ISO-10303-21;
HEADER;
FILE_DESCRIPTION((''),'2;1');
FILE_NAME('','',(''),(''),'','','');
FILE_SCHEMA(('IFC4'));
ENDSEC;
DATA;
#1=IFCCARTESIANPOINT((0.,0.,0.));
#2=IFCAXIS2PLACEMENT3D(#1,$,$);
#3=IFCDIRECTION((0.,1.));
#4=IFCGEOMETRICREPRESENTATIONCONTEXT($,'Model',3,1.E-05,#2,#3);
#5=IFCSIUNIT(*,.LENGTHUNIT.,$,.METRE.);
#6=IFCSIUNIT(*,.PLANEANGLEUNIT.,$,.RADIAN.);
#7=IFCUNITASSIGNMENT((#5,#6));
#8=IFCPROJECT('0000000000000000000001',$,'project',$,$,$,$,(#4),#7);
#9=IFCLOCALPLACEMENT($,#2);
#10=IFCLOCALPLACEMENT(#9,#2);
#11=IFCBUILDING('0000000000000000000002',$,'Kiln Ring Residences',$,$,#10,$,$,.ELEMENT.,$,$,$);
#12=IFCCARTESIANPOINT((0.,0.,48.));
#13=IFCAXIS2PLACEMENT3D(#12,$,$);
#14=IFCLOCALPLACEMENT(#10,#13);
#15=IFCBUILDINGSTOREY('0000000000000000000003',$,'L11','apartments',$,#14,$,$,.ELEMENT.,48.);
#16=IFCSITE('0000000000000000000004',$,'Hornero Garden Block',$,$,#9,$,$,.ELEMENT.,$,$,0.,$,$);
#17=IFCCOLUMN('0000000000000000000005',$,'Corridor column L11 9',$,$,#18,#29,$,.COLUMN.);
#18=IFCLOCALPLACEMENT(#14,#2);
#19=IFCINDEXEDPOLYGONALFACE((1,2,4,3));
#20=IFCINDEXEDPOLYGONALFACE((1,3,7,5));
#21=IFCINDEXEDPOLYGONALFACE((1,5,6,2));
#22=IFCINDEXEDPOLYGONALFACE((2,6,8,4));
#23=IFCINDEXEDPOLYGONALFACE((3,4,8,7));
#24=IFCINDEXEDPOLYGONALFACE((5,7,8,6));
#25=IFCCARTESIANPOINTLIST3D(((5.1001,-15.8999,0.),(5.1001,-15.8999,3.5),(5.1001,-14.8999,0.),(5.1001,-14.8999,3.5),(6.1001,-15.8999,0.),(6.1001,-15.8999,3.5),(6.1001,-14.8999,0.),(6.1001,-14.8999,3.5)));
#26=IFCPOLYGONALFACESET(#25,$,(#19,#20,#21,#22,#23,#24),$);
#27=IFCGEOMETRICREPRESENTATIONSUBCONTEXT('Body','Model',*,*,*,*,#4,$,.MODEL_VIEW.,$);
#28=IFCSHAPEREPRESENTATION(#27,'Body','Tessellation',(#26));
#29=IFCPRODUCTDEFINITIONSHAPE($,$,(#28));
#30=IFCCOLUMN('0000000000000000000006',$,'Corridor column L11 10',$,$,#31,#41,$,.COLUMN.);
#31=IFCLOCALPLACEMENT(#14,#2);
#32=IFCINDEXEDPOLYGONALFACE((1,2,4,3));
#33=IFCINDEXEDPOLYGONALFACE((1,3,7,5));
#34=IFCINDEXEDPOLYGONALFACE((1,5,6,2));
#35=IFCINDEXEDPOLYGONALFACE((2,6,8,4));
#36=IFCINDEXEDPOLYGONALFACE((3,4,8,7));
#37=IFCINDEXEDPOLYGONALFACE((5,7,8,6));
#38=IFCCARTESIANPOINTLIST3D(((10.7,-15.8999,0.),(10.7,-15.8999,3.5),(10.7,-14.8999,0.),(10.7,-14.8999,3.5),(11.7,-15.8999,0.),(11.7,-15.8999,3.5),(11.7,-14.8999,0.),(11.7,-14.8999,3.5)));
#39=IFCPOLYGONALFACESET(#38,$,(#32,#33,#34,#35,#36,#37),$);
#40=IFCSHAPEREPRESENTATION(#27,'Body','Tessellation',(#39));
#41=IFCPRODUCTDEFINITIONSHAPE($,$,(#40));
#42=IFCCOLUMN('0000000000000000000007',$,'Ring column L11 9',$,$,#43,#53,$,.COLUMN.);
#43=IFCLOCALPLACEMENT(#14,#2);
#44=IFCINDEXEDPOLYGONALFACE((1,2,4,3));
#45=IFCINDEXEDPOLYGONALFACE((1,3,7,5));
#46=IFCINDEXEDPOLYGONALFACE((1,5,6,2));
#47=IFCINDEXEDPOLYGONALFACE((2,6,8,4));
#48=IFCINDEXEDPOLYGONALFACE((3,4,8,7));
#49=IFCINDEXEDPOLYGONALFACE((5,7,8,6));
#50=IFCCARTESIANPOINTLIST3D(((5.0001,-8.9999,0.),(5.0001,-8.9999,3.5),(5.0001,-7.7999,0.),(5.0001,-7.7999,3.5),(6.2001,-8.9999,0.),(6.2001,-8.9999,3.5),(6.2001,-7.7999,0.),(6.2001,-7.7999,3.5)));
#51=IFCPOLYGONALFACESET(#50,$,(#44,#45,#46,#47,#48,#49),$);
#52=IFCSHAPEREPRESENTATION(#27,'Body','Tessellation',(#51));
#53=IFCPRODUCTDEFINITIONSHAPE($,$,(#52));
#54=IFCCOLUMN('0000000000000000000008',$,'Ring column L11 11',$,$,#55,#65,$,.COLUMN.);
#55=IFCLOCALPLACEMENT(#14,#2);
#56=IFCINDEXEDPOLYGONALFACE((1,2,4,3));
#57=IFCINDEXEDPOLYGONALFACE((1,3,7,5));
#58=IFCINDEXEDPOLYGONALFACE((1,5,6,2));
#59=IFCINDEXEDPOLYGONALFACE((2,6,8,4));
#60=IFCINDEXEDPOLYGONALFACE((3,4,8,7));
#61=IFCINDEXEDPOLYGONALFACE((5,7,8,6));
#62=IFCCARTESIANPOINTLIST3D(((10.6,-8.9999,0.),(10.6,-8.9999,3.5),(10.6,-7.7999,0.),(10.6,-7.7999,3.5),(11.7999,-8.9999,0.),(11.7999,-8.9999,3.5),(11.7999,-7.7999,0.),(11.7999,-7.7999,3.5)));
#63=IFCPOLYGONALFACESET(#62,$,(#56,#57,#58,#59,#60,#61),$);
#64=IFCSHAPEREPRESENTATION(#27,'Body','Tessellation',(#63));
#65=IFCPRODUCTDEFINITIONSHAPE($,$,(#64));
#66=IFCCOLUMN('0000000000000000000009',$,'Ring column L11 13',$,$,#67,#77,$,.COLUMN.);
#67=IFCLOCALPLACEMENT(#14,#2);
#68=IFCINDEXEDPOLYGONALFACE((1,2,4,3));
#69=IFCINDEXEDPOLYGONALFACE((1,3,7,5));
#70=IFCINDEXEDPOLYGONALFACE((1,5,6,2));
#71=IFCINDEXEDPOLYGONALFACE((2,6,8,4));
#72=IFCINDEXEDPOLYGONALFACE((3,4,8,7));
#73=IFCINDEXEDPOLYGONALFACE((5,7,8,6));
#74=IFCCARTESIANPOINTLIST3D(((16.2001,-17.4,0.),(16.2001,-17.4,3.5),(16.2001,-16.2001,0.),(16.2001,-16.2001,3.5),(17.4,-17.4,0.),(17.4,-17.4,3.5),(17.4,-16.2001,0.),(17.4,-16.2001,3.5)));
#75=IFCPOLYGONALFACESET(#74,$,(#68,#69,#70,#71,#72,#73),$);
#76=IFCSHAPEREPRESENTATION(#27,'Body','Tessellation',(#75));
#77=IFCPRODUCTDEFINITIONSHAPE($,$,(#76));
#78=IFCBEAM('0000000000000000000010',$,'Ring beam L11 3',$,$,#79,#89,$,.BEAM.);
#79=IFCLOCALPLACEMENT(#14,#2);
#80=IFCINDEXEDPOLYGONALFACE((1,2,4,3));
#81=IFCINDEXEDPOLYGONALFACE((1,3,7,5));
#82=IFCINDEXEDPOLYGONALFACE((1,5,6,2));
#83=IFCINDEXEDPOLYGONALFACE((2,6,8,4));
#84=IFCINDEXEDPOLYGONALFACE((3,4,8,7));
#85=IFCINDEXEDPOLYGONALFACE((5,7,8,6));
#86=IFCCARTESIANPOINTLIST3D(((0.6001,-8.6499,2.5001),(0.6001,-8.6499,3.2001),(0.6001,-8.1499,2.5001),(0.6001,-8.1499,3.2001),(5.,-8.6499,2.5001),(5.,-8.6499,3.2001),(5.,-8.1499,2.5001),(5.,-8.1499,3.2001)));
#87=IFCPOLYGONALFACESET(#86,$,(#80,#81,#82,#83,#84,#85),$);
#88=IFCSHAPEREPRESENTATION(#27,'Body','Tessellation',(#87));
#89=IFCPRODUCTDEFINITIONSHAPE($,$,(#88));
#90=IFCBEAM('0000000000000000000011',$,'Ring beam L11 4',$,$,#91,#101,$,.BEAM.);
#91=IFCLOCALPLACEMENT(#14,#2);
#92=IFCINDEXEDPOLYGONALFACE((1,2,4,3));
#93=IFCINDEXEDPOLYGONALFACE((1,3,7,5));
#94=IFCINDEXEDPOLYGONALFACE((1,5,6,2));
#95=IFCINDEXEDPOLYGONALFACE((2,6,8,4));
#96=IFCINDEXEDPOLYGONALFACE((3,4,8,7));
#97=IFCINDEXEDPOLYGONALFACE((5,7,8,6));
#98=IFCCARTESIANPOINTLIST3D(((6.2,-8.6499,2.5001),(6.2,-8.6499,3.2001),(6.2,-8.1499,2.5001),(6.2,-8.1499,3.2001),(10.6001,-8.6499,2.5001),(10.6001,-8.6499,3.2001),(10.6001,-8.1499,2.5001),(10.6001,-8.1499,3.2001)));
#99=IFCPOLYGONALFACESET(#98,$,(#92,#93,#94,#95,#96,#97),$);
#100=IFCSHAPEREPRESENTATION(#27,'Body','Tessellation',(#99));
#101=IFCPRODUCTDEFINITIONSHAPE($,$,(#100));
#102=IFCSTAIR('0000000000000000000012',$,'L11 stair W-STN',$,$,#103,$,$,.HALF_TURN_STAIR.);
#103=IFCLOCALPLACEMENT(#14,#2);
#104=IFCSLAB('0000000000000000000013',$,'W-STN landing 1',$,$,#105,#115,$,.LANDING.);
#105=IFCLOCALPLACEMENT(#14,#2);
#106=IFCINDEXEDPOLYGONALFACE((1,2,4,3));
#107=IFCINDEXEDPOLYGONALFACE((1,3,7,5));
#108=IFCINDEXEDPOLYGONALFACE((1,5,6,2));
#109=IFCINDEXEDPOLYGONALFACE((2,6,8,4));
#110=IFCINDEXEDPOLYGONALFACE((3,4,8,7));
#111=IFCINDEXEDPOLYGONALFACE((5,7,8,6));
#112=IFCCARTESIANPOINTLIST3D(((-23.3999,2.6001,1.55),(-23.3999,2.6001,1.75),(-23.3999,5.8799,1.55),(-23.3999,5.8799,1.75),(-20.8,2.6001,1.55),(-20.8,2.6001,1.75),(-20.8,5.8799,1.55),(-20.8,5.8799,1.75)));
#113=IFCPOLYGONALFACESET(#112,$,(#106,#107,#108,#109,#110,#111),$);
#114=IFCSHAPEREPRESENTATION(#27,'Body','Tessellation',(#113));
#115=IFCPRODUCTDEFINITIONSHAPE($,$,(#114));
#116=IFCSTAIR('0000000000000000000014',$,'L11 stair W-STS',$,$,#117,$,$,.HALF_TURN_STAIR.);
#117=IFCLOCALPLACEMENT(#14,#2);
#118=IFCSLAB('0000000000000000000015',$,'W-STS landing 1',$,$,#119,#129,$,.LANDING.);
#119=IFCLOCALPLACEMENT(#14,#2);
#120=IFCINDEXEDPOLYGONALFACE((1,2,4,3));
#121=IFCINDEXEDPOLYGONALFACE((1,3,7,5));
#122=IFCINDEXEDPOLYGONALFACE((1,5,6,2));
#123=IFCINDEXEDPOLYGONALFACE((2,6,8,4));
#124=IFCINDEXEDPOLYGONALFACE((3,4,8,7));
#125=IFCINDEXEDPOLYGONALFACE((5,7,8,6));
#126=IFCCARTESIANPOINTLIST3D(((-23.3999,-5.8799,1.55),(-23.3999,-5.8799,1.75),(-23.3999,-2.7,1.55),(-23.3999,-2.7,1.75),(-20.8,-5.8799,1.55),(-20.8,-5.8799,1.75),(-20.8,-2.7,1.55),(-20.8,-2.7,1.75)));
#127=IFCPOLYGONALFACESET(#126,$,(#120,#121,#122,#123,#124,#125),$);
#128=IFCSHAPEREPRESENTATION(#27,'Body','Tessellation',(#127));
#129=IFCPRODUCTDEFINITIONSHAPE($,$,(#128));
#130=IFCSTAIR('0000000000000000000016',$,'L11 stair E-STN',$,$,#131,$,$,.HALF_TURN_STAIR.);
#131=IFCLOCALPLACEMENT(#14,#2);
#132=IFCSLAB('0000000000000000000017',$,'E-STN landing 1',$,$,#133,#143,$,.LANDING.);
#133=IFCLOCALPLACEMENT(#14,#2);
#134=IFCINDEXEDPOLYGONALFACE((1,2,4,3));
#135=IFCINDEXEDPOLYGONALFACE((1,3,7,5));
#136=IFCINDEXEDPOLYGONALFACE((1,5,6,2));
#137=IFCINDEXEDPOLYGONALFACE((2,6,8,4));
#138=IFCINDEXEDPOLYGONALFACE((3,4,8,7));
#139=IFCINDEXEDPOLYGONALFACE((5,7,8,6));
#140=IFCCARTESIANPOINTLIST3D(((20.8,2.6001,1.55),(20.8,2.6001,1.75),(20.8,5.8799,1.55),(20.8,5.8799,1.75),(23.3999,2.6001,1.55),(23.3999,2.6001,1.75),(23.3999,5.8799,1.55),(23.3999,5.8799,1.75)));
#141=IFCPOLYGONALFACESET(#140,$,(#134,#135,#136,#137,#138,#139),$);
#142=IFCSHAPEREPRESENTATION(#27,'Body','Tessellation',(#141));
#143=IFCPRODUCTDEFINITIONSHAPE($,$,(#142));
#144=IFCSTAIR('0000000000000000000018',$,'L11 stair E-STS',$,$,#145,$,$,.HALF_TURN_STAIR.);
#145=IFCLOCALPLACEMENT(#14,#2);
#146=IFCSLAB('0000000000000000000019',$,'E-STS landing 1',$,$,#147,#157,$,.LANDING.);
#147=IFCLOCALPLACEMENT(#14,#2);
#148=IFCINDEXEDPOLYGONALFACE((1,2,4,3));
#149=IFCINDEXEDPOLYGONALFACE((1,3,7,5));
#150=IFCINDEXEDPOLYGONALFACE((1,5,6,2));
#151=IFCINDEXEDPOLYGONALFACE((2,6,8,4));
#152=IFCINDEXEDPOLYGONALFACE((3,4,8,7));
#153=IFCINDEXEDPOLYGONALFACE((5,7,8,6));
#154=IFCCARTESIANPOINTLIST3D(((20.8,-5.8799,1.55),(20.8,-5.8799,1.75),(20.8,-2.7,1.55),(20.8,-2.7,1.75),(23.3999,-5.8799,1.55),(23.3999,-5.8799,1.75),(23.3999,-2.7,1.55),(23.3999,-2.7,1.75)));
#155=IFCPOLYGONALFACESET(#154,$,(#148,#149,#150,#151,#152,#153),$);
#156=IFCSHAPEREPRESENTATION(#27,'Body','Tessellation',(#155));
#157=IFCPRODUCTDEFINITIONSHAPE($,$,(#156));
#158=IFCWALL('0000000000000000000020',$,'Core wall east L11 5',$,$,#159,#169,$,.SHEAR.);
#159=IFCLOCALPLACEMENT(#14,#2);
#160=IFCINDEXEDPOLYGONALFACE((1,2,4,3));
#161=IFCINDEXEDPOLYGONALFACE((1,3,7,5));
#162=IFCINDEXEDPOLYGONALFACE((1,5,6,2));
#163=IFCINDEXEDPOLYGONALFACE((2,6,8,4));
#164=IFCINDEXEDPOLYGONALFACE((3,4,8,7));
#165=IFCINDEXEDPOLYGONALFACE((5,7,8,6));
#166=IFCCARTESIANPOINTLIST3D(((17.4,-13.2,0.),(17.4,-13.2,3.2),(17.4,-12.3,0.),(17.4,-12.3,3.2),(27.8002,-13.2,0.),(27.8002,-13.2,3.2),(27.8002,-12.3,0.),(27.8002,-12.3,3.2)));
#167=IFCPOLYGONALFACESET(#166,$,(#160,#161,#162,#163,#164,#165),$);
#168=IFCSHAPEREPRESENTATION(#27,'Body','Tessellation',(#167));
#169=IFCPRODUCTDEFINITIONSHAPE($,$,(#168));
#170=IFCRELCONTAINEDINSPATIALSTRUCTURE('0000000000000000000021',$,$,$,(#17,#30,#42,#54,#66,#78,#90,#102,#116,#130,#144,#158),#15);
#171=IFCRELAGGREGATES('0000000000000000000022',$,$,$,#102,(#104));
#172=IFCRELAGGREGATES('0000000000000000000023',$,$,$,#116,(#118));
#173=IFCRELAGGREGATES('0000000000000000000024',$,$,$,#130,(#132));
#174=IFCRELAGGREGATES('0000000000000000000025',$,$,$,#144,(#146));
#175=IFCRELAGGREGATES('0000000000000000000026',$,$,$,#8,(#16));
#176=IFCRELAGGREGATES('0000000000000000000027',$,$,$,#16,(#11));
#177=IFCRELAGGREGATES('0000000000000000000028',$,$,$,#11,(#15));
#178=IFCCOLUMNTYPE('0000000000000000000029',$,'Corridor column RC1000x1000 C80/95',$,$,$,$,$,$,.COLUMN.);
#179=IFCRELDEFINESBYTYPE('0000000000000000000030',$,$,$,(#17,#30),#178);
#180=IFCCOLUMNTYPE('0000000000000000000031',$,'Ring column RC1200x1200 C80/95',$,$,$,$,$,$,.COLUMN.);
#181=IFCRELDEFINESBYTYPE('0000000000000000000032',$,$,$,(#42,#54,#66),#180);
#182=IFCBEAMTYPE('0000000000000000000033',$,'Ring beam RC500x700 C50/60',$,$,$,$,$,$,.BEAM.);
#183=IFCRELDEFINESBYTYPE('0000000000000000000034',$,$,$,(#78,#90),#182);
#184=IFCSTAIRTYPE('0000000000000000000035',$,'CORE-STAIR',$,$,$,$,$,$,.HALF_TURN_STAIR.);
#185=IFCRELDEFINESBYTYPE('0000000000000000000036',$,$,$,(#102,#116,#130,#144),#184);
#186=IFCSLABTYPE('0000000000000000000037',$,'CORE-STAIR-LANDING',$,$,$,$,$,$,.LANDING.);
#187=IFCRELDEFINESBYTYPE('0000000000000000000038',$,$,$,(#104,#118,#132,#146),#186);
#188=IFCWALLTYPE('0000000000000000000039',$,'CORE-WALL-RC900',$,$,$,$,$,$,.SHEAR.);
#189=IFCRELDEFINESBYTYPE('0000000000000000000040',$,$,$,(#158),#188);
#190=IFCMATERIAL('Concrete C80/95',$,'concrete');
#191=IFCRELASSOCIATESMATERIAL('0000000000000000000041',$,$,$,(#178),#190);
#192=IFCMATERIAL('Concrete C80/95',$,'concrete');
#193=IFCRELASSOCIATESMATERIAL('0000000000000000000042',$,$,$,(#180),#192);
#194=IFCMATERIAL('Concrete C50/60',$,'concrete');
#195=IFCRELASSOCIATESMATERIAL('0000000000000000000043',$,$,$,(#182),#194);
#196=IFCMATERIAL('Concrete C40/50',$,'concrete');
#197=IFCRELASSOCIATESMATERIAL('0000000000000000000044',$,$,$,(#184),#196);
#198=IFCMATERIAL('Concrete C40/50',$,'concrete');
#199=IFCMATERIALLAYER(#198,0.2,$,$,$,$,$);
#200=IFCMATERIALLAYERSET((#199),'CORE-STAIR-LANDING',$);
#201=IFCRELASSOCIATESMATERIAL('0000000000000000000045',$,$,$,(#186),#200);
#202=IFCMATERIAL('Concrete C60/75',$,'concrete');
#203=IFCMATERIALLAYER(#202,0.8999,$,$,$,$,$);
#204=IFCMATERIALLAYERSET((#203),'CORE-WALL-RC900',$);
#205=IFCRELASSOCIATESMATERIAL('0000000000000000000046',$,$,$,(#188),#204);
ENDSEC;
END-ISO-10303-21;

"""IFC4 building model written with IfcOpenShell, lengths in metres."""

from ifc_helpers import new_model, si_unit, direction, frame, frame_2d, origin, origin_2d, place, context, subcontext, project, spatial, polyline, rectangle, outline, extrude, material, layer, layer_set, material_profile, profile_set, type_object, element, aggregate, save


model = new_model("IFC4")

# Units and contexts
model_context = context("Model", 3, precision=1e-05, world=origin(), true_north=direction((0.0, 1.0)))
body_context = subcontext(model_context, "Body", "Model", "MODEL_VIEW")
ifc_project = project(units=[si_unit("LENGTHUNIT", "METRE"), si_unit("PLANEANGLEUNIT", "RADIAN")], contexts=[model_context])

# Site, building, storey
site_placement = place(None, origin())
site = spatial("IfcSite", under=ifc_project, at=site_placement, Name="Hornero Garden Block", CompositionType="ELEMENT", RefElevation=0.0)
building_placement = place(site_placement, origin())
building = spatial("IfcBuilding", under=site, at=building_placement, Name="Kiln Ring Residences", CompositionType="ELEMENT")
storey_placement = place(building_placement, frame((0.0, 0.0, 48.0)))
storey = spatial("IfcBuildingStorey", under=building, at=storey_placement, Name="L11", Description="apartments", CompositionType="ELEMENT", Elevation=48.0)

# Columns
ifc_material_1 = material(Name="Concrete C80/95", Category="concrete")
ifc_material_profile_1 = material_profile(ifc_material_1, rectangle(XDim=1.0, YDim=1.0, at=origin_2d()), Name="RC1000x1000")
ifc_profile_set_1 = profile_set([ifc_material_profile_1], Name="Concrete C80/95")
column_type_1 = type_object("IfcColumnType", Name="Corridor column RC1000x1000 C80/95", PredefinedType="COLUMN", material=ifc_profile_set_1)
for number, where, z_axis, x_axis, name in (
    (1, (5.6001, -15.3999, 0.0), (0.0, 0.0, 1.0), (1.0, 0.0, 0.0), "Corridor column L11 9"),
    (2, (11.2, -15.3999, 0.0), (0.0, 0.0, 1.0), (1.0, 0.0, 0.0), "Corridor column L11 10"),
):
    element("IfcColumn", number, at=place(storey_placement, frame(where, z_axis=z_axis, x_axis=x_axis)), inside=storey, type_object=column_type_1, Name=name, PredefinedType="COLUMN", context=body_context, shape_type="SweptSolid", body=[
        extrude(rectangle(XDim=1.0, YDim=1.0, at=origin_2d()), origin(), (0.0, 0.0, 1.0), 3.5),
    ])
ifc_material_2 = material(Name="Concrete C80/95", Category="concrete")
ifc_material_profile_2 = material_profile(ifc_material_2, rectangle(XDim=1.2, YDim=1.2, at=origin_2d()), Name="RC1200x1200")
ifc_profile_set_2 = profile_set([ifc_material_profile_2], Name="Concrete C80/95")
column_type_2 = type_object("IfcColumnType", Name="Ring column RC1200x1200 C80/95", PredefinedType="COLUMN", material=ifc_profile_set_2)
for number, where, z_axis, x_axis, name in (
    (3, (5.6001, -8.3999, 0.0), (0.0, 0.0, 1.0), (1.0, 0.0, 0.0), "Ring column L11 9"),
    (4, (11.2, -8.3999, 0.0), (0.0, 0.0, 1.0), (1.0, 0.0, 0.0), "Ring column L11 11"),
    (5, (16.8, -16.8, 0.0), (0.0, 0.0, 1.0), (1.0, 0.0, 0.0), "Ring column L11 13"),
):
    element("IfcColumn", number, at=place(storey_placement, frame(where, z_axis=z_axis, x_axis=x_axis)), inside=storey, type_object=column_type_2, Name=name, PredefinedType="COLUMN", context=body_context, shape_type="SweptSolid", body=[
        extrude(rectangle(XDim=1.2, YDim=1.2, at=origin_2d()), origin(), (0.0, 0.0, 1.0), 3.5),
    ])

# Beams
ifc_material_3 = material(Name="Concrete C50/60", Category="concrete")
ifc_material_profile_3 = material_profile(ifc_material_3, rectangle(XDim=0.5, YDim=0.7, at=origin_2d()), Name="RC500x700")
ifc_profile_set_3 = profile_set([ifc_material_profile_3], Name="Concrete C50/60")
beam_type = type_object("IfcBeamType", Name="Ring beam RC500x700 C50/60", PredefinedType="BEAM", material=ifc_profile_set_3)
beam_1_placement = place(storey_placement, frame((0.6001, -8.3999, 2.8501), z_axis=(1.0, 0.0, 0.0), x_axis=(0.0, 1.0, 0.0)))
element("IfcBeam", 6, at=beam_1_placement, inside=storey, type_object=beam_type, Name="Ring beam L11 3", PredefinedType="BEAM", context=body_context, shape_type="SweptSolid", body=[
    extrude(rectangle(XDim=0.5, YDim=0.7, at=origin_2d()), origin(), (0.0, 0.0, 1.0), 4.3999),
])
beam_2_placement = place(storey_placement, frame((6.2, -8.3999, 2.8501), z_axis=(1.0, 0.0, 0.0), x_axis=(0.0, 1.0, 0.0)))
element("IfcBeam", 7, at=beam_2_placement, inside=storey, type_object=beam_type, Name="Ring beam L11 4", PredefinedType="BEAM", context=body_context, shape_type="SweptSolid", body=[
    extrude(rectangle(XDim=0.5, YDim=0.7, at=origin_2d()), origin(), (0.0, 0.0, 1.0), 4.4001),
])

# Stairs, slabs
ifc_material_4 = material(Name="Concrete C40/50", Category="concrete")
stair_type = type_object("IfcStairType", Name="CORE-STAIR", PredefinedType="HALF_TURN_STAIR", material=ifc_material_4)
placement_1 = place(storey_placement, origin())
stair_1 = element("IfcStair", 8, at=placement_1, inside=storey, type_object=stair_type, Name="L11 stair W-STN", PredefinedType="HALF_TURN_STAIR")
ifc_material_5 = material(Name="Concrete C40/50", Category="concrete")
ifc_layer_1 = layer(ifc_material_5, 0.2)
ifc_layer_set_1 = layer_set([ifc_layer_1], Name="CORE-STAIR-LANDING")
slab_type = type_object("IfcSlabType", Name="CORE-STAIR-LANDING", PredefinedType="LANDING", material=ifc_layer_set_1)
placement_2 = place(storey_placement, frame((0.0, 0.0, 1.55)))
slab_1 = element("IfcSlab", 9, at=placement_2, type_object=slab_type, Name="W-STN landing 1", PredefinedType="LANDING", context=body_context, shape_type="SweptSolid", body=[
    extrude(outline(polyline([(-23.3999, 5.8799), (-23.3999, 2.6001), (-20.8, 2.6001), (-20.8, 5.8799), (-23.3999, 5.8799)])), origin(), (0.0, 0.0, 1.0), 0.2),
])
aggregate(stair_1, [slab_1])
stair_2 = element("IfcStair", 10, at=placement_1, inside=storey, type_object=stair_type, Name="L11 stair W-STS", PredefinedType="HALF_TURN_STAIR")
slab_2 = element("IfcSlab", 11, at=placement_2, type_object=slab_type, Name="W-STS landing 1", PredefinedType="LANDING", context=body_context, shape_type="SweptSolid", body=[
    extrude(outline(polyline([(-20.8, -5.8799), (-20.8, -2.7), (-23.3999, -2.7), (-23.3999, -5.8799), (-20.8, -5.8799)])), origin(), (0.0, 0.0, 1.0), 0.2),
])
aggregate(stair_2, [slab_2])
stair_3 = element("IfcStair", 12, at=placement_1, inside=storey, type_object=stair_type, Name="L11 stair E-STN", PredefinedType="HALF_TURN_STAIR")
slab_3 = element("IfcSlab", 13, at=placement_2, type_object=slab_type, Name="E-STN landing 1", PredefinedType="LANDING", context=body_context, shape_type="SweptSolid", body=[
    extrude(outline(polyline([(20.8, 5.8799), (20.8, 2.6001), (23.3999, 2.6001), (23.3999, 5.8799), (20.8, 5.8799)])), origin(), (0.0, 0.0, 1.0), 0.2),
])
aggregate(stair_3, [slab_3])
stair_4 = element("IfcStair", 14, at=placement_1, inside=storey, type_object=stair_type, Name="L11 stair E-STS", PredefinedType="HALF_TURN_STAIR")
slab_4 = element("IfcSlab", 15, at=placement_2, type_object=slab_type, Name="E-STS landing 1", PredefinedType="LANDING", context=body_context, shape_type="SweptSolid", body=[
    extrude(outline(polyline([(23.3999, -5.8799), (23.3999, -2.7), (20.8, -2.7), (20.8, -5.8799), (23.3999, -5.8799)])), origin(), (0.0, 0.0, 1.0), 0.2),
])
aggregate(stair_4, [slab_4])

# Wall
ifc_material_6 = material(Name="Concrete C60/75", Category="concrete")
ifc_layer_2 = layer(ifc_material_6, 0.8999)
ifc_layer_set_2 = layer_set([ifc_layer_2], Name="CORE-WALL-RC900")
wall_type_1 = type_object("IfcWallType", Name="CORE-WALL-RC900", PredefinedType="SHEAR", material=ifc_layer_set_2)
wall_1_placement = place(storey_placement, frame((17.3999, -12.75, 0.0), z_axis=(0.0, 0.0, 1.0), x_axis=(1.0, 0.0, 0.0)))
element("IfcWall", 16, at=wall_1_placement, inside=storey, type_object=wall_type_1, Name="Core wall east L11 5", PredefinedType="SHEAR", context=body_context, shape_type="SweptSolid", body=[
    extrude(rectangle(XDim=10.4001, YDim=0.8999, at=frame_2d((5.2002, 0.0))), origin(), (0.0, 0.0, 1.0), 3.2),
])

save(model, "model.ifc")
